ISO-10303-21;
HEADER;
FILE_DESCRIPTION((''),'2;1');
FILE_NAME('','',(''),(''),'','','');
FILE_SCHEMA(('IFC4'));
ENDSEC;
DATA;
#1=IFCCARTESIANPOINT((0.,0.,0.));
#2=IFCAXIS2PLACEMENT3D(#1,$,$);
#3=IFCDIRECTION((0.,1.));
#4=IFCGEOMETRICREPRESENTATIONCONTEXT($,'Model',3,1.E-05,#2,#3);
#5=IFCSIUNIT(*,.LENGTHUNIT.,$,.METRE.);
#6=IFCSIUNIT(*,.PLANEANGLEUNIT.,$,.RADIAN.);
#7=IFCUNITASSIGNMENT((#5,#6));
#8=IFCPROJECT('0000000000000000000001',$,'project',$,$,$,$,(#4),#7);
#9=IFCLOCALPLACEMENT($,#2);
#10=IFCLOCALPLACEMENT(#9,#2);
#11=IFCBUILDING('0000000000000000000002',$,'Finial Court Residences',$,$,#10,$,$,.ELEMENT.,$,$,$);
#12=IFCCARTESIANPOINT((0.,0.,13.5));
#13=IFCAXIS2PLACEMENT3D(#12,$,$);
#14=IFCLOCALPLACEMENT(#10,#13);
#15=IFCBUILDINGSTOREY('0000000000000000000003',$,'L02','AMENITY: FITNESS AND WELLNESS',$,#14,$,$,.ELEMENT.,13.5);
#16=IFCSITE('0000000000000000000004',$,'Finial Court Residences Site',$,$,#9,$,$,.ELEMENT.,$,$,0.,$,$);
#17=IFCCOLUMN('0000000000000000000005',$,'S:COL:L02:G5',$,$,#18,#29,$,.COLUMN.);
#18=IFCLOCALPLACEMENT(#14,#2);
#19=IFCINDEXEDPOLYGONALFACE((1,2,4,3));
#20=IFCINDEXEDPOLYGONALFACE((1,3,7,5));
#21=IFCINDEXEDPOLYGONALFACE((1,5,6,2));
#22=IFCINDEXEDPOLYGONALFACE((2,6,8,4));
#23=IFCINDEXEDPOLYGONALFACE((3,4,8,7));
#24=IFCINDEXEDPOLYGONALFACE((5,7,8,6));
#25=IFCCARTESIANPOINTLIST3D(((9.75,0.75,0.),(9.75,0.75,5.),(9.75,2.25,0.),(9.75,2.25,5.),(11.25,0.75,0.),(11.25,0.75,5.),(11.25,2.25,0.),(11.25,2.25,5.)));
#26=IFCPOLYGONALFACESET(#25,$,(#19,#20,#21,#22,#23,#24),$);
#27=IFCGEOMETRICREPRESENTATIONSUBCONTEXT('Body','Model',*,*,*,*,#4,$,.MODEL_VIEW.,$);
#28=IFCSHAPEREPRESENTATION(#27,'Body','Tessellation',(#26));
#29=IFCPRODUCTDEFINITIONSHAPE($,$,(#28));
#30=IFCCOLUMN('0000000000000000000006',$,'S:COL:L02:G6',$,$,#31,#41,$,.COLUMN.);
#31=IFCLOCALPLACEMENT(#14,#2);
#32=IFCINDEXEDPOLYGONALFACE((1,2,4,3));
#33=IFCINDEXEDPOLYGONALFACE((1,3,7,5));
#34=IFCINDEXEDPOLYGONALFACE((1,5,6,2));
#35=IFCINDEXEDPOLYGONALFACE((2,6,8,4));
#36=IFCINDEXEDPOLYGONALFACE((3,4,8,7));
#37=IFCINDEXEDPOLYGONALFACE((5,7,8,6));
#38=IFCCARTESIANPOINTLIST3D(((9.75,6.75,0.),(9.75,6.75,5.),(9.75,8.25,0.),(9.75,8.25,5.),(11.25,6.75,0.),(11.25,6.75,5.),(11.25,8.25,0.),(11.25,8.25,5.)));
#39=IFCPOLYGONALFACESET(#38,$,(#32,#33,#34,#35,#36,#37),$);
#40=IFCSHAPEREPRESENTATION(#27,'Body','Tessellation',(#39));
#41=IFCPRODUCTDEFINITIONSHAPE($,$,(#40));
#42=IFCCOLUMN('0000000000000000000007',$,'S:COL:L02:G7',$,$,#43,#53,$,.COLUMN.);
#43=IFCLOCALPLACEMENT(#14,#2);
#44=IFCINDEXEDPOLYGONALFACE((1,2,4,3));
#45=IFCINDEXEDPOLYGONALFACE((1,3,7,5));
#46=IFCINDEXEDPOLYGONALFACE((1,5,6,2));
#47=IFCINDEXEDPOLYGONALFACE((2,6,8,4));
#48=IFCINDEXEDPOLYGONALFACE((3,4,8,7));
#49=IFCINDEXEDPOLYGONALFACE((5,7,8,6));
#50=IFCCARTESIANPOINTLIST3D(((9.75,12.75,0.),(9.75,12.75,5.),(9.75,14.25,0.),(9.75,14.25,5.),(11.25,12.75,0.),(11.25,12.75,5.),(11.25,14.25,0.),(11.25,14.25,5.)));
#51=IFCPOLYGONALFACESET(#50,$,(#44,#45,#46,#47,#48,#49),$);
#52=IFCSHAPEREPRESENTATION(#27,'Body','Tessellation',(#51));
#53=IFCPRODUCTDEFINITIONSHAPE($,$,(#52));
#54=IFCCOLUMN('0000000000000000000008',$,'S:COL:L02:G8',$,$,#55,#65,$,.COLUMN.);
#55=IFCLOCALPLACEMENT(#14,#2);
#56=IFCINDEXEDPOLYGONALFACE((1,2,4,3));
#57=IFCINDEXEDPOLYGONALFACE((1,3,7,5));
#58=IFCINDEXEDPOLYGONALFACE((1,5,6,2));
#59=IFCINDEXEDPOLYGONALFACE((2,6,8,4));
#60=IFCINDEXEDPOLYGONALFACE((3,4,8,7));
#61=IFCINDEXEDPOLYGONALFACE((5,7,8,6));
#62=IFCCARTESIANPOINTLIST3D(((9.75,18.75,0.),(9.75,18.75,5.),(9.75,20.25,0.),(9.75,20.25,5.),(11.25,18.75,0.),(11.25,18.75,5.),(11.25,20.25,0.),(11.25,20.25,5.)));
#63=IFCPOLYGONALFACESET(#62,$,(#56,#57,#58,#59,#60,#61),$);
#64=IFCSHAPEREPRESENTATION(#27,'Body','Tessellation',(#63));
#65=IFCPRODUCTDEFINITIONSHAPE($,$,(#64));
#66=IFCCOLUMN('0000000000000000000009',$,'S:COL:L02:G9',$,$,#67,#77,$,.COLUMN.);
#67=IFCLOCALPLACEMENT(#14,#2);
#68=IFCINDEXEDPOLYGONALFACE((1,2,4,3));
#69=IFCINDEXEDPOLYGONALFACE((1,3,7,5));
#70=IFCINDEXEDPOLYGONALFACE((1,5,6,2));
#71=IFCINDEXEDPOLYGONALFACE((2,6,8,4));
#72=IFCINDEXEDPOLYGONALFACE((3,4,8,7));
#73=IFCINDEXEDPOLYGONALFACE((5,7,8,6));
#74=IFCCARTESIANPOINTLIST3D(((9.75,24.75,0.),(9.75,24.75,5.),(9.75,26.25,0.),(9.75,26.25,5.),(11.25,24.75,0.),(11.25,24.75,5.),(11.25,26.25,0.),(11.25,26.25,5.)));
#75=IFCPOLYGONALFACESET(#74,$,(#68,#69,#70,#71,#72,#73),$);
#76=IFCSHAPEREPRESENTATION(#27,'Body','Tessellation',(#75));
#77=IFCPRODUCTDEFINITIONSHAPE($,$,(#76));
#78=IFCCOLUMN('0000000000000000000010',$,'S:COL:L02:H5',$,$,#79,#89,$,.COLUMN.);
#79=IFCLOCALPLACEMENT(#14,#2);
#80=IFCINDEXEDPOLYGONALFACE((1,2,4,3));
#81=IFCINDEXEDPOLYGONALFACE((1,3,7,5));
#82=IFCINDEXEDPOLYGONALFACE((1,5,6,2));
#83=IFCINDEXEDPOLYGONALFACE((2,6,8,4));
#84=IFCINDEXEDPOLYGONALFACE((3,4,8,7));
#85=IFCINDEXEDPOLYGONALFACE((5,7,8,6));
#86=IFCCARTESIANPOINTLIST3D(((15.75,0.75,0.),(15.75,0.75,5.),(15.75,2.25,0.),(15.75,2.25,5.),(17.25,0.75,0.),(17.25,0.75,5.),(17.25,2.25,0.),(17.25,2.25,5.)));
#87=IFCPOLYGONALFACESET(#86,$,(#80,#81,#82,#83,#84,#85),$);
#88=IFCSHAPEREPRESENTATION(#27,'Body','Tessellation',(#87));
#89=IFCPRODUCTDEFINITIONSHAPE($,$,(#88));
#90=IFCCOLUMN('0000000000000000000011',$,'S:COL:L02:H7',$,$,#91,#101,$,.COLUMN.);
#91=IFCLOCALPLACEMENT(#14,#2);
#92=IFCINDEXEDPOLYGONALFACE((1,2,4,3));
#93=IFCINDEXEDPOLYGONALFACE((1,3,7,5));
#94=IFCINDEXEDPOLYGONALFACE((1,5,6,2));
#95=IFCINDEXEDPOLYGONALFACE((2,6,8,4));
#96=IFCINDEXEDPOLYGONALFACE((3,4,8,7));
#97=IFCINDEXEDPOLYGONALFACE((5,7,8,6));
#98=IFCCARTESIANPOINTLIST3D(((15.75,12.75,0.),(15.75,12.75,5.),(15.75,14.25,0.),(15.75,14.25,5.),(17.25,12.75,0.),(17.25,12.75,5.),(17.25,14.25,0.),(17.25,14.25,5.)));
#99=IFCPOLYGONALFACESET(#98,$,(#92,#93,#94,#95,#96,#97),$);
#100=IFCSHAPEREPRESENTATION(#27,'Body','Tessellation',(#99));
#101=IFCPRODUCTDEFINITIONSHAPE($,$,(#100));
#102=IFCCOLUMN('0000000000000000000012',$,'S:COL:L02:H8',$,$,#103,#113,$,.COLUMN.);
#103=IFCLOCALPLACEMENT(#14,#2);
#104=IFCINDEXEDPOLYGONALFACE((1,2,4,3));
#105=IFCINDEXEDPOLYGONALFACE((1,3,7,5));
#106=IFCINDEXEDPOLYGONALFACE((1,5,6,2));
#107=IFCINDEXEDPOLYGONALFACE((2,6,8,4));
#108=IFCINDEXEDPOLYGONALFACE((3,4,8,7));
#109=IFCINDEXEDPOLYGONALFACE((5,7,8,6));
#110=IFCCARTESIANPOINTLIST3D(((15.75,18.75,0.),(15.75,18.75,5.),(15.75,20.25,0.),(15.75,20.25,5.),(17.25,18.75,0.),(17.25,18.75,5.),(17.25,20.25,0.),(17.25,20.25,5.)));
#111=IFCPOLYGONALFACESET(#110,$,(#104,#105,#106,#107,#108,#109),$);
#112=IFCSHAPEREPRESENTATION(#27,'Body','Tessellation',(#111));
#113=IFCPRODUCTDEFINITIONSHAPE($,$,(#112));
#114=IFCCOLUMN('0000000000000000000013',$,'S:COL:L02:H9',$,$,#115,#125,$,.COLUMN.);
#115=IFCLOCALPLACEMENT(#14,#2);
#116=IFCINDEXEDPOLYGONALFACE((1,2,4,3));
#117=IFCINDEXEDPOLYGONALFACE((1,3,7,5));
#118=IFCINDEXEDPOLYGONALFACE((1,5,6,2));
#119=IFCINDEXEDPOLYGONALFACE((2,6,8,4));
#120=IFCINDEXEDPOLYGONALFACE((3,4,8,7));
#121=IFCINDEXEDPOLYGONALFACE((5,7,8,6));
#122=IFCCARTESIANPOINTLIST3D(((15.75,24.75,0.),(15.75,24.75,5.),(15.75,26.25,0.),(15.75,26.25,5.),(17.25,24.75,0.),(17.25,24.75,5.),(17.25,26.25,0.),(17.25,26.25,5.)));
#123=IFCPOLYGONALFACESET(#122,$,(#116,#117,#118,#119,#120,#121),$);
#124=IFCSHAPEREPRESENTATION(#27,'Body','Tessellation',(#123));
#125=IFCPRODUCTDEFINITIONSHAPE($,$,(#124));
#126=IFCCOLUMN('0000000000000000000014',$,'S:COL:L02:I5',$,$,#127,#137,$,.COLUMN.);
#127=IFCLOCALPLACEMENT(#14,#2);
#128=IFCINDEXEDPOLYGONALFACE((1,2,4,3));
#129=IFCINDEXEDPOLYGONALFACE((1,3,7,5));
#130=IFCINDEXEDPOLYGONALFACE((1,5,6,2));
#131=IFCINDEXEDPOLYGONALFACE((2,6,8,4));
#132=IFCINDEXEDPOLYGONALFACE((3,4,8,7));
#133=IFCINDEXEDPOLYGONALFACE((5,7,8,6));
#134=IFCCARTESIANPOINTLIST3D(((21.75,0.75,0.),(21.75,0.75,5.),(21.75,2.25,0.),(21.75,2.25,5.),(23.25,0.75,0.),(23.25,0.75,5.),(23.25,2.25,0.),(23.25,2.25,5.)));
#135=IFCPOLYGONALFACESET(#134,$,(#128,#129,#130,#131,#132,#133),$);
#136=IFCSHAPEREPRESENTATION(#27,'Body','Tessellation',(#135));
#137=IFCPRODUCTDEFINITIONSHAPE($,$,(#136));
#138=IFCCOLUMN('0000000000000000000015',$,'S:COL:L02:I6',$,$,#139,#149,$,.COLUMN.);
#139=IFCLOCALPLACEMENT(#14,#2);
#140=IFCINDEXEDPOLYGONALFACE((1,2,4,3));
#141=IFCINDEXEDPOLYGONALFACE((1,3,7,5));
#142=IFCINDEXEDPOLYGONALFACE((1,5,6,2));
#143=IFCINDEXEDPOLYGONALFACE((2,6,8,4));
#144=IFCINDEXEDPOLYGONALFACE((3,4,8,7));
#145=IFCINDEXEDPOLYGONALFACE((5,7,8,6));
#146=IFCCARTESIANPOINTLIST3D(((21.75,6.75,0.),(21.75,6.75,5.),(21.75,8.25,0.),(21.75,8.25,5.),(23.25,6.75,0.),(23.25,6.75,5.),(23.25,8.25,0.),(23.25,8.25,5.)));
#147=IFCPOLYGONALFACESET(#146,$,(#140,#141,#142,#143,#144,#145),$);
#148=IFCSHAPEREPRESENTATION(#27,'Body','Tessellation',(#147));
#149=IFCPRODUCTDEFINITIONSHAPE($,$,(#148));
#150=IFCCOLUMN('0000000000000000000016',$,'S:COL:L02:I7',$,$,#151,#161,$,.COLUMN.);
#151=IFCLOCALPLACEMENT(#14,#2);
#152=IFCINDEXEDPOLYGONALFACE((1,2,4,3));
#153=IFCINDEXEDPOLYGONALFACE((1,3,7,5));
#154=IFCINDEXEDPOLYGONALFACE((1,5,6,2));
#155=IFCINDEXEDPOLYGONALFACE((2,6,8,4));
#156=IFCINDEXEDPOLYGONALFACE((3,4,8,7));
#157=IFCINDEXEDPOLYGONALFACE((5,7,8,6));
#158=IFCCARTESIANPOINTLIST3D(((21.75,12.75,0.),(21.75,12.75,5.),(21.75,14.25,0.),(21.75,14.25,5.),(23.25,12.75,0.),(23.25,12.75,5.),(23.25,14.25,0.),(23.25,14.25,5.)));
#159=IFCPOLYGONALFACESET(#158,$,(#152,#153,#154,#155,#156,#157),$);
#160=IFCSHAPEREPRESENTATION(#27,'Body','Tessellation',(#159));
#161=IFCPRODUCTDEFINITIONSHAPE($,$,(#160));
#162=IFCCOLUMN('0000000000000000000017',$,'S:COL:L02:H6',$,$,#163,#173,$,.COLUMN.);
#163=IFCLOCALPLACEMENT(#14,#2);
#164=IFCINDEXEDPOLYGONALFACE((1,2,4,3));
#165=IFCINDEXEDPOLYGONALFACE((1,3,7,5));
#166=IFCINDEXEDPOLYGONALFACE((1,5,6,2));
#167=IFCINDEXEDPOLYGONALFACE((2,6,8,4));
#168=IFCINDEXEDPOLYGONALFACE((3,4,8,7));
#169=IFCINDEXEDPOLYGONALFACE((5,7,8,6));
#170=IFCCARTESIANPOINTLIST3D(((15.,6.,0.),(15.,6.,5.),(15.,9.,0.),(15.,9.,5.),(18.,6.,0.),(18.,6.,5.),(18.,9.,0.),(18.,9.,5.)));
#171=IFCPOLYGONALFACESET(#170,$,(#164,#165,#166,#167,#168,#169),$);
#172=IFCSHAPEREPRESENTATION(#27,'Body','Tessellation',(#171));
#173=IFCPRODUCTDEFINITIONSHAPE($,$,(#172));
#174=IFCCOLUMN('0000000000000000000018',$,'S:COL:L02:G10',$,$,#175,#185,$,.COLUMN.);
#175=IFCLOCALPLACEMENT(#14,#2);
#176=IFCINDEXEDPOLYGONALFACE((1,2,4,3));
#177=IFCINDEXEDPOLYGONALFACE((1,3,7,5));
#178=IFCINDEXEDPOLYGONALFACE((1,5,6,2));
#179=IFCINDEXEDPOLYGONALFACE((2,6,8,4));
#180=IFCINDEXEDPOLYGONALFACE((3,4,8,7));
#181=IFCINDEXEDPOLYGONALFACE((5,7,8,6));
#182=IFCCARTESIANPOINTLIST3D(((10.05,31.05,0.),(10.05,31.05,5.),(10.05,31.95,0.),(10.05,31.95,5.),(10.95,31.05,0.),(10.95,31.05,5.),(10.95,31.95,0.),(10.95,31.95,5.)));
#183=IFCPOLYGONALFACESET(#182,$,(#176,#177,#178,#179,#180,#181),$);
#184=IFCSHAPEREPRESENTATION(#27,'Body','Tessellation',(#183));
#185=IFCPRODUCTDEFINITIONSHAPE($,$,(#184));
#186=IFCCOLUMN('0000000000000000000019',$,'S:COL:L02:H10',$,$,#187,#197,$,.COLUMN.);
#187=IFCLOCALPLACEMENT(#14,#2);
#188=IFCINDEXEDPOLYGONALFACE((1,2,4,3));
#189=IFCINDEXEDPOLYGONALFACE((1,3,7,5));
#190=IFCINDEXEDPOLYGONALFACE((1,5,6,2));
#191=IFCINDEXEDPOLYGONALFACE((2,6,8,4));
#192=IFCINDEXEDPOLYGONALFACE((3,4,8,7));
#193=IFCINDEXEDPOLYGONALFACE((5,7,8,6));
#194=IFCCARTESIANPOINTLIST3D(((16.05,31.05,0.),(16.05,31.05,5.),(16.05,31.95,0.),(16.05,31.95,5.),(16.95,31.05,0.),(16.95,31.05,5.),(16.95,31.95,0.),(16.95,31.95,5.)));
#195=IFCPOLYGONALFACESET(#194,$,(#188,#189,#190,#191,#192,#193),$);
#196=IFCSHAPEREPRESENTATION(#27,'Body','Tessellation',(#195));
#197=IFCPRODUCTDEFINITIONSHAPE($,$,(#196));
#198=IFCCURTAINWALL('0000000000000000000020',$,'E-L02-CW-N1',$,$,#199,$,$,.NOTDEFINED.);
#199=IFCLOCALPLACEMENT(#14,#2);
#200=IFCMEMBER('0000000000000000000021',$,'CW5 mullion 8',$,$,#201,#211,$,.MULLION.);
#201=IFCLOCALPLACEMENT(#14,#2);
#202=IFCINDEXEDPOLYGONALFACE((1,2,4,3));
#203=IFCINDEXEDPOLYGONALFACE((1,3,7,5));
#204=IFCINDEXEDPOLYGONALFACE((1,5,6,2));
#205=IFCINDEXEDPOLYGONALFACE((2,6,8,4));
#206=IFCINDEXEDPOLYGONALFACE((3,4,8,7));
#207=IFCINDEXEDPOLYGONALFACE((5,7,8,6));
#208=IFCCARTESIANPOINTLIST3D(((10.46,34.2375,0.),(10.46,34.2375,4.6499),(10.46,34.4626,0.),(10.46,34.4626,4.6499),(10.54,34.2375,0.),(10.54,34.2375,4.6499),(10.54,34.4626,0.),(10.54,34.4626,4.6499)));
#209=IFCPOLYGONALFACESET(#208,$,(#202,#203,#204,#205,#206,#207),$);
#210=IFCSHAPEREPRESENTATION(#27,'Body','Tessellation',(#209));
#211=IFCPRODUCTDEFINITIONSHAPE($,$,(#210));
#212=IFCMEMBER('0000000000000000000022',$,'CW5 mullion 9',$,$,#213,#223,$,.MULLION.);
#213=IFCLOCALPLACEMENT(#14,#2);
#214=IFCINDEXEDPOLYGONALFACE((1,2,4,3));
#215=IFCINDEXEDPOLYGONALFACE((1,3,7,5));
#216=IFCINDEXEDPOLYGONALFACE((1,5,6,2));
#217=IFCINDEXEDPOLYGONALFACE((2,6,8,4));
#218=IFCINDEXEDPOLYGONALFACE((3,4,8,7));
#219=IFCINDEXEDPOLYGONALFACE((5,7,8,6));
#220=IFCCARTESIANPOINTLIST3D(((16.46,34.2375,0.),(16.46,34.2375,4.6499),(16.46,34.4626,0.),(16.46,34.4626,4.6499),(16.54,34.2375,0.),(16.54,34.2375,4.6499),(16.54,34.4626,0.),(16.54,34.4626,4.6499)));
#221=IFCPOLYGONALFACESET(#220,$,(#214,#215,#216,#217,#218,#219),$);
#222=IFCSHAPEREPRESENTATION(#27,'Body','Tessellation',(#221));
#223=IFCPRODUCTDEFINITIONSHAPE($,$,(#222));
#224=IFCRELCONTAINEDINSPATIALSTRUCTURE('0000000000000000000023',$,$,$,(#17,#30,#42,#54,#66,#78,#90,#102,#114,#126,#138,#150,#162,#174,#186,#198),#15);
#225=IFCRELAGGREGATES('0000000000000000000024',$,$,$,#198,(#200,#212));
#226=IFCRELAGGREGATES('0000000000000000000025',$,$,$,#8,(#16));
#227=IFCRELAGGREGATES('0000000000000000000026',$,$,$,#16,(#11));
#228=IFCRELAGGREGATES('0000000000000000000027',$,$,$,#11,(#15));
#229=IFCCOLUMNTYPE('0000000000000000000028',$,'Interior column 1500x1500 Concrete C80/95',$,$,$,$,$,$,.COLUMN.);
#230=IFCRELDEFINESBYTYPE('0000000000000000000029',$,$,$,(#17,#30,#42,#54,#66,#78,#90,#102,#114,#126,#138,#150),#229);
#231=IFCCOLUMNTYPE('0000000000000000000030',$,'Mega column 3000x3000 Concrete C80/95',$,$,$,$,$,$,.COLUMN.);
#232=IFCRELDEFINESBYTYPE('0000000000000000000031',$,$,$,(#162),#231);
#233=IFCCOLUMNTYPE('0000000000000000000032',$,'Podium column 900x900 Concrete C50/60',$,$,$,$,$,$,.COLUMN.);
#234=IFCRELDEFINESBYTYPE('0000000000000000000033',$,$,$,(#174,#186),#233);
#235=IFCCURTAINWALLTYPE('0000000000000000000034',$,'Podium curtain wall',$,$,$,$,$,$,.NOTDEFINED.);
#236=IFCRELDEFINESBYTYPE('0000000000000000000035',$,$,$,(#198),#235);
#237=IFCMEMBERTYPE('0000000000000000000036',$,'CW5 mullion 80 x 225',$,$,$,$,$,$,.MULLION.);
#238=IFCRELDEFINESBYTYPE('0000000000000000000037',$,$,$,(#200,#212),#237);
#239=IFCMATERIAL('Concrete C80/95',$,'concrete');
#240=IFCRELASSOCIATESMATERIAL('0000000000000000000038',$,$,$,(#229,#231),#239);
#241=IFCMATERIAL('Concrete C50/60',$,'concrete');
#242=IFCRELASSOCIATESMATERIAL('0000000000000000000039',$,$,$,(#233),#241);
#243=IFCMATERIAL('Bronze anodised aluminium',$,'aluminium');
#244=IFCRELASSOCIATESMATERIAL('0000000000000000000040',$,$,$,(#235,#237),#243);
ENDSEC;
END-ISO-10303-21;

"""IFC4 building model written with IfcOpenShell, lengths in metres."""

from ifc_helpers import new_model, si_unit, direction, frame, origin, origin_2d, place, context, subcontext, project, spatial, rectangle, extrude, material, material_profile, profile_set, type_object, element, aggregate, save


model = new_model("IFC4")

# Units and contexts
model_context = context("Model", 3, precision=1e-05, world=origin(), true_north=direction((0.0, 1.0)))
body_context = subcontext(model_context, "Body", "Model", "MODEL_VIEW")
ifc_project = project(units=[si_unit("LENGTHUNIT", "METRE"), si_unit("PLANEANGLEUNIT", "RADIAN")], contexts=[model_context])

# Site, building, storey
site_placement = place(None, origin())
site = spatial("IfcSite", under=ifc_project, at=site_placement, Name="Finial Court Residences Site", CompositionType="ELEMENT", RefElevation=0.0)
building_placement = place(site_placement, origin())
building = spatial("IfcBuilding", under=site, at=building_placement, Name="Finial Court Residences", CompositionType="ELEMENT")
storey_placement = place(building_placement, frame((0.0, 0.0, 13.5)))
storey = spatial("IfcBuildingStorey", under=building, at=storey_placement, Name="L02", Description="AMENITY: FITNESS AND WELLNESS", CompositionType="ELEMENT", Elevation=13.5)

# Columns
ifc_material_1 = material(Name="Concrete C80/95", Category="concrete")
ifc_material_profile_1 = material_profile(ifc_material_1, rectangle(XDim=1.5, YDim=1.5, at=origin_2d()), Name="1500x1500")
ifc_profile_set_1 = profile_set([ifc_material_profile_1], Name="Concrete C80/95")
column_type_1 = type_object("IfcColumnType", Name="Interior column 1500x1500 Concrete C80/95", PredefinedType="COLUMN", material=ifc_profile_set_1)
for number, where, z_axis, x_axis, name in (
    (1, (10.5, 1.5, 0.0), (0.0, 0.0, 1.0), (1.0, 0.0, 0.0), "S:COL:L02:G5"),
    (2, (10.5, 7.5, 0.0), (0.0, 0.0, 1.0), (1.0, 0.0, 0.0), "S:COL:L02:G6"),
    (3, (10.5, 13.5, 0.0), (0.0, 0.0, 1.0), (1.0, 0.0, 0.0), "S:COL:L02:G7"),
    (4, (10.5, 19.5, 0.0), (0.0, 0.0, 1.0), (1.0, 0.0, 0.0), "S:COL:L02:G8"),
    (5, (10.5, 25.5, 0.0), (0.0, 0.0, 1.0), (1.0, 0.0, 0.0), "S:COL:L02:G9"),
    (6, (16.5, 1.5, 0.0), (0.0, 0.0, 1.0), (1.0, 0.0, 0.0), "S:COL:L02:H5"),
    (7, (16.5, 13.5, 0.0), (0.0, 0.0, 1.0), (1.0, 0.0, 0.0), "S:COL:L02:H7"),
    (8, (16.5, 19.5, 0.0), (0.0, 0.0, 1.0), (1.0, 0.0, 0.0), "S:COL:L02:H8"),
    (9, (16.5, 25.5, 0.0), (0.0, 0.0, 1.0), (1.0, 0.0, 0.0), "S:COL:L02:H9"),
    (10, (22.5, 1.5, 0.0), (0.0, 0.0, 1.0), (1.0, 0.0, 0.0), "S:COL:L02:I5"),
    (11, (22.5, 7.5, 0.0), (0.0, 0.0, 1.0), (1.0, 0.0, 0.0), "S:COL:L02:I6"),
    (12, (22.5, 13.5, 0.0), (0.0, 0.0, 1.0), (1.0, 0.0, 0.0), "S:COL:L02:I7"),
):
    element("IfcColumn", number, at=place(storey_placement, frame(where, z_axis=z_axis, x_axis=x_axis)), inside=storey, type_object=column_type_1, Name=name, PredefinedType="COLUMN", context=body_context, shape_type="SweptSolid", body=[
        extrude(rectangle(XDim=1.5, YDim=1.5, at=origin_2d()), origin(), (0.0, 0.0, 1.0), 5.0),
    ])
ifc_material_profile_2 = material_profile(ifc_material_1, rectangle(XDim=3.0, YDim=3.0, at=origin_2d()), Name="3000x3000")
ifc_profile_set_2 = profile_set([ifc_material_profile_2], Name="Concrete C80/95")
column_type_2 = type_object("IfcColumnType", Name="Mega column 3000x3000 Concrete C80/95", PredefinedType="COLUMN", material=ifc_profile_set_2)
column_placement = place(storey_placement, frame((16.5, 7.5, 0.0), z_axis=(0.0, 0.0, 1.0), x_axis=(1.0, 0.0, 0.0)))
element("IfcColumn", 13, at=column_placement, inside=storey, type_object=column_type_2, Name="S:COL:L02:H6", PredefinedType="COLUMN", context=body_context, shape_type="SweptSolid", body=[
    extrude(rectangle(XDim=3.0, YDim=3.0, at=origin_2d()), origin(), (0.0, 0.0, 1.0), 5.0),
])
ifc_material_2 = material(Name="Concrete C50/60", Category="concrete")
ifc_material_profile_3 = material_profile(ifc_material_2, rectangle(XDim=0.8999, YDim=0.8999, at=origin_2d()), Name="900x900")
ifc_profile_set_3 = profile_set([ifc_material_profile_3], Name="Concrete C50/60")
column_type_3 = type_object("IfcColumnType", Name="Podium column 900x900 Concrete C50/60", PredefinedType="COLUMN", material=ifc_profile_set_3)
for number, where, z_axis, x_axis, name in (
    (14, (10.5, 31.5, 0.0), (0.0, 0.0, 1.0), (1.0, 0.0, 0.0), "S:COL:L02:G10"),
    (15, (16.5, 31.5, 0.0), (0.0, 0.0, 1.0), (1.0, 0.0, 0.0), "S:COL:L02:H10"),
):
    element("IfcColumn", number, at=place(storey_placement, frame(where, z_axis=z_axis, x_axis=x_axis)), inside=storey, type_object=column_type_3, Name=name, PredefinedType="COLUMN", context=body_context, shape_type="SweptSolid", body=[
        extrude(rectangle(XDim=0.8999, YDim=0.8999, at=origin_2d()), origin(), (0.0, 0.0, 1.0), 5.0),
    ])

# Curtain wall, members
ifc_material_3 = material(Name="Bronze anodised aluminium", Category="aluminium")
curtain_wall_type = type_object("IfcCurtainWallType", Name="Podium curtain wall", PredefinedType="NOTDEFINED", material=ifc_material_3)
curtain_wall_placement = place(storey_placement, origin())
curtain_wall = element("IfcCurtainWall", 16, at=curtain_wall_placement, inside=storey, type_object=curtain_wall_type, Name="E-L02-CW-N1", PredefinedType="NOTDEFINED")
ifc_material_profile_4 = material_profile(ifc_material_3, rectangle(XDim=0.2251, YDim=0.0801, at=origin_2d()), Name="CW5 mullion 80 x 225")
ifc_profile_set_4 = profile_set([ifc_material_profile_4], Name="Bronze anodised aluminium")
member_type_1 = type_object("IfcMemberType", Name="CW5 mullion 80 x 225", PredefinedType="MULLION", material=ifc_profile_set_4)
member_1_placement = place(storey_placement, frame((10.5, 34.3501, 0.0), z_axis=(0.0, 0.0, 1.0), x_axis=(0.0, 1.0, 0.0)))
member_1 = element("IfcMember", 17, at=member_1_placement, type_object=member_type_1, Name="CW5 mullion 8", PredefinedType="MULLION", context=body_context, shape_type="SweptSolid", body=[
    extrude(rectangle(XDim=0.2251, YDim=0.0801, at=origin_2d()), origin(), (0.0, 0.0, 1.0), 4.6499),
])
member_2_placement = place(storey_placement, frame((16.5, 34.3501, 0.0), z_axis=(0.0, 0.0, 1.0), x_axis=(0.0, 1.0, 0.0)))
member_2 = element("IfcMember", 18, at=member_2_placement, type_object=member_type_1, Name="CW5 mullion 9", PredefinedType="MULLION", context=body_context, shape_type="SweptSolid", body=[
    extrude(rectangle(XDim=0.2251, YDim=0.0801, at=origin_2d()), origin(), (0.0, 0.0, 1.0), 4.6499),
])
aggregate(curtain_wall, [member_1, member_2])

save(model, "model.ifc")
